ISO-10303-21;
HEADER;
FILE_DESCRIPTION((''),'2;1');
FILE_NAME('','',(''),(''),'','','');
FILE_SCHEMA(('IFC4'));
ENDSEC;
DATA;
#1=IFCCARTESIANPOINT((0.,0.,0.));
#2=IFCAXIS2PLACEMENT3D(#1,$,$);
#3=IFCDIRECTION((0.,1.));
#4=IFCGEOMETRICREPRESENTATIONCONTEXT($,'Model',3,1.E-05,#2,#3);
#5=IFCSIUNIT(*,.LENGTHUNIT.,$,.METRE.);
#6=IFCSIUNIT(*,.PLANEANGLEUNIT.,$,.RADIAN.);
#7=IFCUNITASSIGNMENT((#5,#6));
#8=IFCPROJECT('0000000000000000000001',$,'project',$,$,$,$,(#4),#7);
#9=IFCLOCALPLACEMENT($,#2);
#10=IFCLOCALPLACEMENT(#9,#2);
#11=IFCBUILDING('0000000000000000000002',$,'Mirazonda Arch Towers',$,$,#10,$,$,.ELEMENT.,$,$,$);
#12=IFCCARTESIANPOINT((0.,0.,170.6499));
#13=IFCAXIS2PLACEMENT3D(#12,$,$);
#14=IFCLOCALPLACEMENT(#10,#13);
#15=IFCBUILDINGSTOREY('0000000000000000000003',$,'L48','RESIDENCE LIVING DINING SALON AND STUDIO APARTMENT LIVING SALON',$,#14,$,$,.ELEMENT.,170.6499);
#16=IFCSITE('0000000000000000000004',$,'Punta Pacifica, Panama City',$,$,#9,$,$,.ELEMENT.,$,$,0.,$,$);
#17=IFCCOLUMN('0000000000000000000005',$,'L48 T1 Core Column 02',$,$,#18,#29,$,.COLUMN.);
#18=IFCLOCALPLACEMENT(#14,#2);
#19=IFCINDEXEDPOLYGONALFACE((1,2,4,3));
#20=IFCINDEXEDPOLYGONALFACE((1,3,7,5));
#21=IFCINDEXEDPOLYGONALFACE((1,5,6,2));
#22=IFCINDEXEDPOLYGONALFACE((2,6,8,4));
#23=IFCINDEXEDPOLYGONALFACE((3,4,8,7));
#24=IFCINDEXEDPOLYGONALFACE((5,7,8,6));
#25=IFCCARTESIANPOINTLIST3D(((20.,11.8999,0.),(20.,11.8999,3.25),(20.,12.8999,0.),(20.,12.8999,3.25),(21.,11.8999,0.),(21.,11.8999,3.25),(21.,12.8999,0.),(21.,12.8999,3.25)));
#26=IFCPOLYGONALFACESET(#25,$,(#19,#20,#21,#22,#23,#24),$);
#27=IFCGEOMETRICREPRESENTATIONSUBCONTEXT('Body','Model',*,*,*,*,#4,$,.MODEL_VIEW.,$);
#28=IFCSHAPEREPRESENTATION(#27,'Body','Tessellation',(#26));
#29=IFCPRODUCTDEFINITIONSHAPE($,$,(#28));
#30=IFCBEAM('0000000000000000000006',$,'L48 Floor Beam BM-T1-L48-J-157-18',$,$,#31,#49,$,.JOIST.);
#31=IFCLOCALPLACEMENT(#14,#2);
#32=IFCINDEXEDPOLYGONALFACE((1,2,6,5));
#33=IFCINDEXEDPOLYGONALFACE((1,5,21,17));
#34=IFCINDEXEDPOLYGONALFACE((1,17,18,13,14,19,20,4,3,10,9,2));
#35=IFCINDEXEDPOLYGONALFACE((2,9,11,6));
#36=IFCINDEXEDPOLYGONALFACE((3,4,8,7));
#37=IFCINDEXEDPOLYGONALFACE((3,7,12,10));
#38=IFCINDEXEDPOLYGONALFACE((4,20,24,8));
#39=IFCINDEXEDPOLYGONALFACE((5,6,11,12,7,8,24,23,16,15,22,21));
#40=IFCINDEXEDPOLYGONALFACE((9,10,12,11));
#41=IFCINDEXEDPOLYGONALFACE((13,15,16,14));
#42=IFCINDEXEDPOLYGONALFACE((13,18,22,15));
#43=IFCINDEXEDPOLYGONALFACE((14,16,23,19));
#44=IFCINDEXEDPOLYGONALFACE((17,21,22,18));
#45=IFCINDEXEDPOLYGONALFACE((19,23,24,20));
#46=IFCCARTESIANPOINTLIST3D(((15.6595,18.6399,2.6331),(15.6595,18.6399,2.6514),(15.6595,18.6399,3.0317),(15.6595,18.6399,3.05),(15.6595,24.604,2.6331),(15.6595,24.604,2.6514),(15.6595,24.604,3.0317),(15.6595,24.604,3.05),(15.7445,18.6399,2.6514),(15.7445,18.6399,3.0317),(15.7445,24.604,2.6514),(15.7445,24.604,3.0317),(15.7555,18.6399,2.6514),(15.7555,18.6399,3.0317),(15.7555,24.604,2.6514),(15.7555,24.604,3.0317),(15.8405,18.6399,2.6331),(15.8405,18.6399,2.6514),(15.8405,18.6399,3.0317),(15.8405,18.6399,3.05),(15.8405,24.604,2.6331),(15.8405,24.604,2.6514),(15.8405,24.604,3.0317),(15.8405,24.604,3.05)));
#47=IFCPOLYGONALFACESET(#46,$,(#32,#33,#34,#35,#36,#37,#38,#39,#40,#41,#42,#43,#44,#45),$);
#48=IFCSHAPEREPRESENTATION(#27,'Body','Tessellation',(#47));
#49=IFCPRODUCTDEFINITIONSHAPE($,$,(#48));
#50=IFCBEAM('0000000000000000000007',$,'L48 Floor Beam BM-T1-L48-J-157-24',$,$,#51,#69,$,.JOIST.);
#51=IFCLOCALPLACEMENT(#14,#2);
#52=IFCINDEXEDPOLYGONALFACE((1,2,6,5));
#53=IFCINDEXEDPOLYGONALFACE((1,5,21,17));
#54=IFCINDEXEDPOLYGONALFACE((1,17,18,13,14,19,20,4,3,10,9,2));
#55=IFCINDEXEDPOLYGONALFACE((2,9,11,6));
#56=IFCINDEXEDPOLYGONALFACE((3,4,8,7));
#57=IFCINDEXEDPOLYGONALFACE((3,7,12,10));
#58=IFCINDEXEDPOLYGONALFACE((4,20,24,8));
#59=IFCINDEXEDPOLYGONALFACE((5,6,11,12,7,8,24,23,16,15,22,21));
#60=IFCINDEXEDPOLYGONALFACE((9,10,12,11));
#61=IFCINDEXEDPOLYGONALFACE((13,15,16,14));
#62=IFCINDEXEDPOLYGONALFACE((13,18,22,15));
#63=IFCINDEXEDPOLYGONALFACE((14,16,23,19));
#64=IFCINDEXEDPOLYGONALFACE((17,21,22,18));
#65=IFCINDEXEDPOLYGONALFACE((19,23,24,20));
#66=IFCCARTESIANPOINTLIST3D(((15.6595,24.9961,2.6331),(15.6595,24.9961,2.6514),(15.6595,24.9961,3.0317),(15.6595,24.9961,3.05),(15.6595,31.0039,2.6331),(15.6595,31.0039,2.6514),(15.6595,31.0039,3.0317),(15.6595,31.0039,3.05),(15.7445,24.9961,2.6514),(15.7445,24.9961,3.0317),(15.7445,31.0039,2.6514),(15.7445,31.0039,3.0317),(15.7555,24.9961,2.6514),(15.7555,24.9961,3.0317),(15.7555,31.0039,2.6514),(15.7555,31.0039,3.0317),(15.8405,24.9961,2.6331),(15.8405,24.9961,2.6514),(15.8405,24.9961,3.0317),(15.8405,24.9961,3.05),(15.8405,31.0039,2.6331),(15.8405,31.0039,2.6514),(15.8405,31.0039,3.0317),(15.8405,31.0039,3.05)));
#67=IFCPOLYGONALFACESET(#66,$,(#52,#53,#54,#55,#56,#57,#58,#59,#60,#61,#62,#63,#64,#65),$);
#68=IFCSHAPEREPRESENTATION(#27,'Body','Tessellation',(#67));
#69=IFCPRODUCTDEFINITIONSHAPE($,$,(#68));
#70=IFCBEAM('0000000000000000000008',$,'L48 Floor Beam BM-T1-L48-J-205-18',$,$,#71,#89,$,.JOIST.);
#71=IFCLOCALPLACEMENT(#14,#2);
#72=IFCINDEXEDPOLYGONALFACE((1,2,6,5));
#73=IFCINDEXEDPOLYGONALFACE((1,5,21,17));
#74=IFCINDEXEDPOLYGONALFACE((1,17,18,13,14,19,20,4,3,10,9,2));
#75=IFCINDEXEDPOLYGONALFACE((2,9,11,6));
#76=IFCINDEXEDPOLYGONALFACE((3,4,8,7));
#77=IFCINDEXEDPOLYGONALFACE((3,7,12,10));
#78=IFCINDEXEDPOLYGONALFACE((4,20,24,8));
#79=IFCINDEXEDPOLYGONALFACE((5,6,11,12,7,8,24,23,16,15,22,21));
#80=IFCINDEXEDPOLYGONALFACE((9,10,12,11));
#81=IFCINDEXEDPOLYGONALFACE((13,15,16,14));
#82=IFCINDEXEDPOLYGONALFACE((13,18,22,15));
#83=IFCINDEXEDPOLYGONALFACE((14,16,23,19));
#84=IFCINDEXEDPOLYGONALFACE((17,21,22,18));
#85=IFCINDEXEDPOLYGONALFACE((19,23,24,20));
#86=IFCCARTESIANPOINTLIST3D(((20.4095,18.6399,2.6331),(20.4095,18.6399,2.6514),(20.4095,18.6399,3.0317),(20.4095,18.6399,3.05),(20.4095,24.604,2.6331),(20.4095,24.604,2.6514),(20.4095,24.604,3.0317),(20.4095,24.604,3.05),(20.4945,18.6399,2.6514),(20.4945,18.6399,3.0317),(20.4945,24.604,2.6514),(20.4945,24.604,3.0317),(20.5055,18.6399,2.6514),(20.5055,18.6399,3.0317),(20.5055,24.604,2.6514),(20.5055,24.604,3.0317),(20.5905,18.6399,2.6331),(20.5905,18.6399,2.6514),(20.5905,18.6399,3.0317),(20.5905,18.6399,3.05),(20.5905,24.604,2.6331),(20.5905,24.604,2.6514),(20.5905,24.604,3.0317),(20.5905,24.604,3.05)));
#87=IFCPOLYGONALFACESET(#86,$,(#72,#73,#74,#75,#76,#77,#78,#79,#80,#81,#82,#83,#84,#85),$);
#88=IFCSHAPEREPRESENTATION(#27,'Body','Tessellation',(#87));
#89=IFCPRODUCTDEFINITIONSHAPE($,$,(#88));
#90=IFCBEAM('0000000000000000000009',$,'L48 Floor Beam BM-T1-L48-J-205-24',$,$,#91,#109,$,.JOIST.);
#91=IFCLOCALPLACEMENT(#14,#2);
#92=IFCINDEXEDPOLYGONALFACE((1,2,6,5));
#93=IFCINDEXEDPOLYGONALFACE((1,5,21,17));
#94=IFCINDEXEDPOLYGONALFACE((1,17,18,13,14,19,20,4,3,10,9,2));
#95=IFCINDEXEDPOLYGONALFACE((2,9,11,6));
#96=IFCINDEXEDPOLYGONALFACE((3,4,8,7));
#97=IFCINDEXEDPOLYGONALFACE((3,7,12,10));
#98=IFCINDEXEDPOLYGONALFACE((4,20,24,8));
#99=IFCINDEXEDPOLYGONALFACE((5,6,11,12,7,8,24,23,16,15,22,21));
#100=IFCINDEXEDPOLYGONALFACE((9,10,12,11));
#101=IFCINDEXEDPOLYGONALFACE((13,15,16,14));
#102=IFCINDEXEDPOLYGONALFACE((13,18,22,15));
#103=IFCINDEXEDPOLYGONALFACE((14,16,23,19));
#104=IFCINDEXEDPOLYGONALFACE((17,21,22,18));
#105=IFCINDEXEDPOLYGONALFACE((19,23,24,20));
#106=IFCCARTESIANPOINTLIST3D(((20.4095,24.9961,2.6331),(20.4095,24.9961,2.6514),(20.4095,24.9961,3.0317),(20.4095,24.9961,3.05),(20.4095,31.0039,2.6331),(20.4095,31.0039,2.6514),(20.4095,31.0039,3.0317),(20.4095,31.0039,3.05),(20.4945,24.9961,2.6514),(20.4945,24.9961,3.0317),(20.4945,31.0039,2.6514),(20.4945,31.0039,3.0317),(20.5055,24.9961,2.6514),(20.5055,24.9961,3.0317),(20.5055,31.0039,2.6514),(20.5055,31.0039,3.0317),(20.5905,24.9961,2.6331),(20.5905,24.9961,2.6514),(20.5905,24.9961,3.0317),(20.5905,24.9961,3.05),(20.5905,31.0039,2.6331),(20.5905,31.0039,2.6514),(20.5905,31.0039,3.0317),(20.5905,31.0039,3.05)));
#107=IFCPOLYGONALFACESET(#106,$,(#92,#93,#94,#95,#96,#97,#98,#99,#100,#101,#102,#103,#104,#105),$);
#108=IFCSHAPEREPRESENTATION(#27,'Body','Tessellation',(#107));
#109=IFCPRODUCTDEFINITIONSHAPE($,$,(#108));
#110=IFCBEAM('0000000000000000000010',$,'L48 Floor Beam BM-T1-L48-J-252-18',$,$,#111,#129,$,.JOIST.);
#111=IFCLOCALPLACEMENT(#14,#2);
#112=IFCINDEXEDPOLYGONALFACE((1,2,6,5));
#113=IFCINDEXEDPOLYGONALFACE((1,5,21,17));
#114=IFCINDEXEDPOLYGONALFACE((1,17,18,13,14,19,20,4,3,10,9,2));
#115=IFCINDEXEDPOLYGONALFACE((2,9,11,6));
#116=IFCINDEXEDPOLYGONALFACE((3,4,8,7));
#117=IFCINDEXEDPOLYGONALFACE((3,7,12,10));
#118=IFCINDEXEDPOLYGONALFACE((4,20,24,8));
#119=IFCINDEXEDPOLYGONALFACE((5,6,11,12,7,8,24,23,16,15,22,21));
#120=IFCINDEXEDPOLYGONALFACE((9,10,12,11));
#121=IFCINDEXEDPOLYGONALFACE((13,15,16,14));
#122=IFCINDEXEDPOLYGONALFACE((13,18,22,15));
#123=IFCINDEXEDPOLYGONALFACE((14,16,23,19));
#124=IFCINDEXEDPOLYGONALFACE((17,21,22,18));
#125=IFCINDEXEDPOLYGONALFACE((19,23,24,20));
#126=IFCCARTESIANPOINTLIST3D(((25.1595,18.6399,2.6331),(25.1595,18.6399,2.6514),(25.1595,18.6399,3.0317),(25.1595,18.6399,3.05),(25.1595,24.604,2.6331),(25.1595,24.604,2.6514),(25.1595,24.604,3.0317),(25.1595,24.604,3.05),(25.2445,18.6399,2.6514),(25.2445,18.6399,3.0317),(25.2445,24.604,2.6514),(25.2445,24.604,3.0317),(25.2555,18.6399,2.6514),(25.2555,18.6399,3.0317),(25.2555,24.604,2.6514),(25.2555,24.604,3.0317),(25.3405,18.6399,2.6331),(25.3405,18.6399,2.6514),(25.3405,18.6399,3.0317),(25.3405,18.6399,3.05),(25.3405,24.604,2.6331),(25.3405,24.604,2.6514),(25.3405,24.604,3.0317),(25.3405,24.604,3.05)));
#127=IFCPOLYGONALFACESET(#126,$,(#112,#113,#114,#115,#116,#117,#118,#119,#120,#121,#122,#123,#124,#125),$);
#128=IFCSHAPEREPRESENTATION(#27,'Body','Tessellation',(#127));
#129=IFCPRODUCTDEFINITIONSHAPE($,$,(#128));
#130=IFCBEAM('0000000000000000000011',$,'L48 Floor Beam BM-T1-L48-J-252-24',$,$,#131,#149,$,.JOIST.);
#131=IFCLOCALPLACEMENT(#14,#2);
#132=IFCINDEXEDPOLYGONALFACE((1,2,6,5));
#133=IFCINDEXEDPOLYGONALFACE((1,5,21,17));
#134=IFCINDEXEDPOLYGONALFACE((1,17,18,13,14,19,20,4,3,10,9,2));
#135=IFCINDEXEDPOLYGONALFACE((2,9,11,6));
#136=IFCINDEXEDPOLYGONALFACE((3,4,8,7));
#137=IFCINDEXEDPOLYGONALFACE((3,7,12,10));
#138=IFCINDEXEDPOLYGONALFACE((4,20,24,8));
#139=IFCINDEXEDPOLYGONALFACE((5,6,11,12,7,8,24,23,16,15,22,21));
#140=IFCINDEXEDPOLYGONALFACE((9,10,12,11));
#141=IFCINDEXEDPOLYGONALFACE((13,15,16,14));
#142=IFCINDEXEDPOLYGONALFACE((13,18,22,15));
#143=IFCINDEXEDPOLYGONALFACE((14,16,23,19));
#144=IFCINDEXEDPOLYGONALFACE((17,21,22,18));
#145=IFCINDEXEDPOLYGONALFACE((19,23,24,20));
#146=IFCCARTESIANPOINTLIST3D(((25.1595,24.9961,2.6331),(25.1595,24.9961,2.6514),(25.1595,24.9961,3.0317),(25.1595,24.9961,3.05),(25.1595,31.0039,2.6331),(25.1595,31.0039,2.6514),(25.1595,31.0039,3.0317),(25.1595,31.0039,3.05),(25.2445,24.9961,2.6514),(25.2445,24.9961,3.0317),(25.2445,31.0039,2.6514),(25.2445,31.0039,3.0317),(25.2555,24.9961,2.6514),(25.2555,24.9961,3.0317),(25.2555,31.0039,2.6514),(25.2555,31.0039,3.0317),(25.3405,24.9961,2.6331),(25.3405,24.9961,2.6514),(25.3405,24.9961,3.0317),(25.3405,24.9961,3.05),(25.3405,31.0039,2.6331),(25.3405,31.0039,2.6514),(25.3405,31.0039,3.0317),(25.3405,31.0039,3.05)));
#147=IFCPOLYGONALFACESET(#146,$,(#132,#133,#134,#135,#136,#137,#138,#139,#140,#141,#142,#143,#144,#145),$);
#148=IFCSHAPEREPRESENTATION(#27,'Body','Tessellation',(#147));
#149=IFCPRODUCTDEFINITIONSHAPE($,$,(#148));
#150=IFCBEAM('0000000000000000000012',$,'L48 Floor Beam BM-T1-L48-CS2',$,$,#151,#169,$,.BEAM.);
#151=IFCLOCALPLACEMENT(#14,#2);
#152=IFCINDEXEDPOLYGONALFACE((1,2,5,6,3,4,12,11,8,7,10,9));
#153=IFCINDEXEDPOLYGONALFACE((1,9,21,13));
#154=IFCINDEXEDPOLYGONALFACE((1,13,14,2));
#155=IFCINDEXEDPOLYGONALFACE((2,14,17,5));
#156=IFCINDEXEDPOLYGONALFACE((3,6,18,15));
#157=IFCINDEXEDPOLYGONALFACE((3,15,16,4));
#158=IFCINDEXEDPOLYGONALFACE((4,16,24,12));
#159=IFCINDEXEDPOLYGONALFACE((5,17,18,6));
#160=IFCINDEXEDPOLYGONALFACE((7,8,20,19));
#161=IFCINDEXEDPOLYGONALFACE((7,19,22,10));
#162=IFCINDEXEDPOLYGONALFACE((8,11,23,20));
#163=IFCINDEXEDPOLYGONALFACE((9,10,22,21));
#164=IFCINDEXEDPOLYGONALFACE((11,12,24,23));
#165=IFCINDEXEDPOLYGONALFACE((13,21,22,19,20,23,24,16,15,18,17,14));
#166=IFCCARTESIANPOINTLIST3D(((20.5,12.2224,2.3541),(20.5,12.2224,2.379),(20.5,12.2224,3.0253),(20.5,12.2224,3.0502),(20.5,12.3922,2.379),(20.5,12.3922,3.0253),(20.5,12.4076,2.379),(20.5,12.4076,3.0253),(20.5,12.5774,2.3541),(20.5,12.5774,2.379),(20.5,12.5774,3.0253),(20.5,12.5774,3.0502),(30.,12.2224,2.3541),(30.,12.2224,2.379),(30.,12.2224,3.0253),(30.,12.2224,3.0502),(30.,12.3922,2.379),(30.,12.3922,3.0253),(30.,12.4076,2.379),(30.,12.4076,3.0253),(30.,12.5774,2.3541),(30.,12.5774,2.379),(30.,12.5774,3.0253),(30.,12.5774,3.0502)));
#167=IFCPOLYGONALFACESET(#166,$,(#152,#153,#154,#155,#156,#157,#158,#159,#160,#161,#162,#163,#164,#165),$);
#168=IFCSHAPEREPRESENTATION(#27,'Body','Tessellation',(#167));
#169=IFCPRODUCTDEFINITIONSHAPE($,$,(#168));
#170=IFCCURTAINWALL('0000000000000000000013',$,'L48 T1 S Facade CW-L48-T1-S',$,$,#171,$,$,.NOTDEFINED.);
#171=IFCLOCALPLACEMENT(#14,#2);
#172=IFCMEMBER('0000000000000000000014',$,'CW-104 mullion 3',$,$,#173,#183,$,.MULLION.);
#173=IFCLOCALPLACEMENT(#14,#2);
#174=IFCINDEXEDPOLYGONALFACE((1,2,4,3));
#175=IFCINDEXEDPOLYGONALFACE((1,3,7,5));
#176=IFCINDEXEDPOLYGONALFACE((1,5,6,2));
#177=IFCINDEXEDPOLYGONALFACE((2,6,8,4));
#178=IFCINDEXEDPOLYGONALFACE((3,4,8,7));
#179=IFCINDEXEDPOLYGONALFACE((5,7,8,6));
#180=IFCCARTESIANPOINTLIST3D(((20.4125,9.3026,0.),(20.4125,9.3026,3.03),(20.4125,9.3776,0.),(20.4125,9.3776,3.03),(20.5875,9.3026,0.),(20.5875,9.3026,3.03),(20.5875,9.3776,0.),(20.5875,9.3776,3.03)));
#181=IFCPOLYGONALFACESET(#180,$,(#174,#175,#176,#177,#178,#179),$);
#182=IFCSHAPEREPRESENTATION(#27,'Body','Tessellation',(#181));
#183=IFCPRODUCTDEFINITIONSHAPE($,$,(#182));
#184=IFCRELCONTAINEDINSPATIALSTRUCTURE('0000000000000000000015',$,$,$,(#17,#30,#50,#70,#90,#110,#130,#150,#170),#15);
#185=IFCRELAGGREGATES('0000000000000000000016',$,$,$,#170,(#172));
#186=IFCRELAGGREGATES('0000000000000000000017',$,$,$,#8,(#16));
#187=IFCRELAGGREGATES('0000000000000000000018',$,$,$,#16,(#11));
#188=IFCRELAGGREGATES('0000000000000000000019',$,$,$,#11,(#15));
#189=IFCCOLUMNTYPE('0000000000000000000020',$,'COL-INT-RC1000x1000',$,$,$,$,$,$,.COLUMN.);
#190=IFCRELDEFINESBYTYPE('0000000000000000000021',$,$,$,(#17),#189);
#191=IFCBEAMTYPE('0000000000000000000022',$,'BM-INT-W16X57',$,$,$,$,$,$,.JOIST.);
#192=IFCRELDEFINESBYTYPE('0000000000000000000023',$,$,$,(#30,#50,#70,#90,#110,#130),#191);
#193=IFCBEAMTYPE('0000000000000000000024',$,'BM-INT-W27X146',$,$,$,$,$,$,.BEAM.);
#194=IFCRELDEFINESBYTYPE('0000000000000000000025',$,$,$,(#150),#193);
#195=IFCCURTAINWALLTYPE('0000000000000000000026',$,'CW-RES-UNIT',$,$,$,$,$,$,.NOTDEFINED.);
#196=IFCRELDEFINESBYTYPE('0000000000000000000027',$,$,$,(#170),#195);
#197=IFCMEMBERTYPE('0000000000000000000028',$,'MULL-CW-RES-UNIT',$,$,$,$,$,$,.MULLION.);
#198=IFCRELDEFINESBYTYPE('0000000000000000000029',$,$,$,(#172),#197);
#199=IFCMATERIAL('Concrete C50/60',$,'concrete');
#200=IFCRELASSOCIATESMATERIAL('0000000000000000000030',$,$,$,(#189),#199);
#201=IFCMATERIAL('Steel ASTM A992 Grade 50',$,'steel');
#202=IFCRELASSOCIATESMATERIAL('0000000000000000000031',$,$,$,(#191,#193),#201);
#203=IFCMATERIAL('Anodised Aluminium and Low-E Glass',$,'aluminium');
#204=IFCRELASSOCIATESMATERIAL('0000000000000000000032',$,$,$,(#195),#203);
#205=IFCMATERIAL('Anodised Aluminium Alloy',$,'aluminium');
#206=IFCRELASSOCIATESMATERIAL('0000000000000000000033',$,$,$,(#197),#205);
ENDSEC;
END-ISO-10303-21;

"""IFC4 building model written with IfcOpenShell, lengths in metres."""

from ifc_helpers import new_model, si_unit, direction, frame, origin, origin_2d, place, context, subcontext, project, spatial, rectangle, i_section, extrude, material, material_profile, profile_set, type_object, element, aggregate, save


model = new_model("IFC4")

# Units and contexts
model_context = context("Model", 3, precision=1e-05, world=origin(), true_north=direction((0.0, 1.0)))
body_context = subcontext(model_context, "Body", "Model", "MODEL_VIEW")
ifc_project = project(units=[si_unit("LENGTHUNIT", "METRE"), si_unit("PLANEANGLEUNIT", "RADIAN")], contexts=[model_context])

# Site, building, storey
site_placement = place(None, origin())
site = spatial("IfcSite", under=ifc_project, at=site_placement, Name="Punta Pacifica, Panama City", CompositionType="ELEMENT", RefElevation=0.0)
building_placement = place(site_placement, origin())
building = spatial("IfcBuilding", under=site, at=building_placement, Name="Mirazonda Arch Towers", CompositionType="ELEMENT")
storey_placement = place(building_placement, frame((0.0, 0.0, 170.6499)))
storey = spatial("IfcBuildingStorey", under=building, at=storey_placement, Name="L48", Description="RESIDENCE LIVING DINING SALON AND STUDIO APARTMENT LIVING SALON", CompositionType="ELEMENT", Elevation=170.6499)

# Column
ifc_material_1 = material(Name="Concrete C50/60", Category="concrete")
ifc_material_profile_1 = material_profile(ifc_material_1, rectangle(XDim=1.0, YDim=1.0, at=origin_2d()), Name="RC1000x1000")
ifc_profile_set_1 = profile_set([ifc_material_profile_1], Name="Concrete C50/60")
column_type = type_object("IfcColumnType", Name="COL-INT-RC1000x1000", PredefinedType="COLUMN", material=ifc_profile_set_1)
column_placement = place(storey_placement, frame((20.5, 12.3999, 0.0), z_axis=(0.0, 0.0, 1.0), x_axis=(1.0, 0.0, 0.0)))
element("IfcColumn", 1, at=column_placement, inside=storey, type_object=column_type, Name="L48 T1 Core Column 02", PredefinedType="COLUMN", context=body_context, shape_type="SweptSolid", body=[
    extrude(rectangle(XDim=1.0, YDim=1.0, at=origin_2d()), origin(), (0.0, 0.0, 1.0), 3.25),
])

# Beams
ifc_material_2 = material(Name="Steel ASTM A992 Grade 50", Category="steel")
ifc_material_profile_2 = material_profile(ifc_material_2, i_section(OverallWidth=0.1809, OverallDepth=0.417, WebThickness=0.011, FlangeThickness=0.0183, at=origin_2d()), Name="W16X57")
ifc_profile_set_2 = profile_set([ifc_material_profile_2], Name="Steel ASTM A992 Grade 50")
beam_type_1 = type_object("IfcBeamType", Name="BM-INT-W16X57", PredefinedType="JOIST", material=ifc_profile_set_2)
beam_1_placement = place(storey_placement, frame((15.75, 18.6399, 2.8416), z_axis=(0.0, 1.0, 0.0), x_axis=(-1.0, 0.0, 0.0)))
element("IfcBeam", 2, at=beam_1_placement, inside=storey, type_object=beam_type_1, Name="L48 Floor Beam BM-T1-L48-J-157-18", PredefinedType="JOIST", context=body_context, shape_type="SweptSolid", body=[
    extrude(i_section(OverallWidth=0.1809, OverallDepth=0.417, WebThickness=0.011, FlangeThickness=0.0183, at=origin_2d()), origin(), (0.0, 0.0, 1.0), 5.9641),
])
beam_2_placement = place(storey_placement, frame((15.75, 24.9961, 2.8416), z_axis=(0.0, 1.0, 0.0), x_axis=(-1.0, 0.0, 0.0)))
element("IfcBeam", 3, at=beam_2_placement, inside=storey, type_object=beam_type_1, Name="L48 Floor Beam BM-T1-L48-J-157-24", PredefinedType="JOIST", context=body_context, shape_type="SweptSolid", body=[
    extrude(i_section(OverallWidth=0.1809, OverallDepth=0.417, WebThickness=0.011, FlangeThickness=0.0183, at=origin_2d()), origin(), (0.0, 0.0, 1.0), 6.0078),
])
beam_3_placement = place(storey_placement, frame((20.5, 18.6399, 2.8416), z_axis=(0.0, 1.0, 0.0), x_axis=(-1.0, 0.0, 0.0)))
element("IfcBeam", 4, at=beam_3_placement, inside=storey, type_object=beam_type_1, Name="L48 Floor Beam BM-T1-L48-J-205-18", PredefinedType="JOIST", context=body_context, shape_type="SweptSolid", body=[
    extrude(i_section(OverallWidth=0.1809, OverallDepth=0.417, WebThickness=0.011, FlangeThickness=0.0183, at=origin_2d()), origin(), (0.0, 0.0, 1.0), 5.9641),
])
beam_4_placement = place(storey_placement, frame((20.5, 24.9961, 2.8416), z_axis=(0.0, 1.0, 0.0), x_axis=(-1.0, 0.0, 0.0)))
element("IfcBeam", 5, at=beam_4_placement, inside=storey, type_object=beam_type_1, Name="L48 Floor Beam BM-T1-L48-J-205-24", PredefinedType="JOIST", context=body_context, shape_type="SweptSolid", body=[
    extrude(i_section(OverallWidth=0.1809, OverallDepth=0.417, WebThickness=0.011, FlangeThickness=0.0183, at=origin_2d()), origin(), (0.0, 0.0, 1.0), 6.0078),
])
beam_5_placement = place(storey_placement, frame((25.25, 18.6399, 2.8416), z_axis=(0.0, 1.0, 0.0), x_axis=(-1.0, 0.0, 0.0)))
element("IfcBeam", 6, at=beam_5_placement, inside=storey, type_object=beam_type_1, Name="L48 Floor Beam BM-T1-L48-J-252-18", PredefinedType="JOIST", context=body_context, shape_type="SweptSolid", body=[
    extrude(i_section(OverallWidth=0.1809, OverallDepth=0.417, WebThickness=0.011, FlangeThickness=0.0183, at=origin_2d()), origin(), (0.0, 0.0, 1.0), 5.9641),
])
beam_6_placement = place(storey_placement, frame((25.25, 24.9961, 2.8416), z_axis=(0.0, 1.0, 0.0), x_axis=(-1.0, 0.0, 0.0)))
element("IfcBeam", 7, at=beam_6_placement, inside=storey, type_object=beam_type_1, Name="L48 Floor Beam BM-T1-L48-J-252-24", PredefinedType="JOIST", context=body_context, shape_type="SweptSolid", body=[
    extrude(i_section(OverallWidth=0.1809, OverallDepth=0.417, WebThickness=0.011, FlangeThickness=0.0183, at=origin_2d()), origin(), (0.0, 0.0, 1.0), 6.0078),
])
ifc_material_profile_3 = material_profile(ifc_material_2, i_section(OverallWidth=0.355, OverallDepth=0.696, WebThickness=0.0154, FlangeThickness=0.0249, at=origin_2d()), Name="W27X146")
ifc_profile_set_3 = profile_set([ifc_material_profile_3], Name="Steel ASTM A992 Grade 50")
beam_type_2 = type_object("IfcBeamType", Name="BM-INT-W27X146", PredefinedType="BEAM", material=ifc_profile_set_3)
beam_7_placement = place(storey_placement, frame((20.5, 12.3999, 2.7021), z_axis=(1.0, 0.0, 0.0), x_axis=(0.0, 1.0, 0.0)))
element("IfcBeam", 8, at=beam_7_placement, inside=storey, type_object=beam_type_2, Name="L48 Floor Beam BM-T1-L48-CS2", PredefinedType="BEAM", context=body_context, shape_type="SweptSolid", body=[
    extrude(i_section(OverallWidth=0.355, OverallDepth=0.696, WebThickness=0.0154, FlangeThickness=0.0249, at=origin_2d()), origin(), (0.0, 0.0, 1.0), 9.5),
])

# Curtain wall, member
ifc_material_3 = material(Name="Anodised Aluminium and Low-E Glass", Category="aluminium")
curtain_wall_type = type_object("IfcCurtainWallType", Name="CW-RES-UNIT", PredefinedType="NOTDEFINED", material=ifc_material_3)
curtain_wall_placement = place(storey_placement, origin())
curtain_wall = element("IfcCurtainWall", 9, at=curtain_wall_placement, inside=storey, type_object=curtain_wall_type, Name="L48 T1 S Facade CW-L48-T1-S", PredefinedType="NOTDEFINED")
ifc_material_4 = material(Name="Anodised Aluminium Alloy", Category="aluminium")
ifc_material_profile_4 = material_profile(ifc_material_4, rectangle(XDim=0.075, YDim=0.175, at=origin_2d()), Name="ALU-MULL-75x175")
ifc_profile_set_4 = profile_set([ifc_material_profile_4], Name="Anodised Aluminium Alloy")
member_type_1 = type_object("IfcMemberType", Name="MULL-CW-RES-UNIT", PredefinedType="MULLION", material=ifc_profile_set_4)
member_1_placement = place(storey_placement, frame((20.5, 9.3401, 0.0), z_axis=(0.0, 0.0, 1.0), x_axis=(0.0, -1.0, 0.0)))
member_1 = element("IfcMember", 10, at=member_1_placement, type_object=member_type_1, Name="CW-104 mullion 3", PredefinedType="MULLION", context=body_context, shape_type="SweptSolid", body=[
    extrude(rectangle(XDim=0.075, YDim=0.175, at=origin_2d()), origin(), (0.0, 0.0, 1.0), 3.03),
])
aggregate(curtain_wall, [member_1])

save(model, "model.ifc")
